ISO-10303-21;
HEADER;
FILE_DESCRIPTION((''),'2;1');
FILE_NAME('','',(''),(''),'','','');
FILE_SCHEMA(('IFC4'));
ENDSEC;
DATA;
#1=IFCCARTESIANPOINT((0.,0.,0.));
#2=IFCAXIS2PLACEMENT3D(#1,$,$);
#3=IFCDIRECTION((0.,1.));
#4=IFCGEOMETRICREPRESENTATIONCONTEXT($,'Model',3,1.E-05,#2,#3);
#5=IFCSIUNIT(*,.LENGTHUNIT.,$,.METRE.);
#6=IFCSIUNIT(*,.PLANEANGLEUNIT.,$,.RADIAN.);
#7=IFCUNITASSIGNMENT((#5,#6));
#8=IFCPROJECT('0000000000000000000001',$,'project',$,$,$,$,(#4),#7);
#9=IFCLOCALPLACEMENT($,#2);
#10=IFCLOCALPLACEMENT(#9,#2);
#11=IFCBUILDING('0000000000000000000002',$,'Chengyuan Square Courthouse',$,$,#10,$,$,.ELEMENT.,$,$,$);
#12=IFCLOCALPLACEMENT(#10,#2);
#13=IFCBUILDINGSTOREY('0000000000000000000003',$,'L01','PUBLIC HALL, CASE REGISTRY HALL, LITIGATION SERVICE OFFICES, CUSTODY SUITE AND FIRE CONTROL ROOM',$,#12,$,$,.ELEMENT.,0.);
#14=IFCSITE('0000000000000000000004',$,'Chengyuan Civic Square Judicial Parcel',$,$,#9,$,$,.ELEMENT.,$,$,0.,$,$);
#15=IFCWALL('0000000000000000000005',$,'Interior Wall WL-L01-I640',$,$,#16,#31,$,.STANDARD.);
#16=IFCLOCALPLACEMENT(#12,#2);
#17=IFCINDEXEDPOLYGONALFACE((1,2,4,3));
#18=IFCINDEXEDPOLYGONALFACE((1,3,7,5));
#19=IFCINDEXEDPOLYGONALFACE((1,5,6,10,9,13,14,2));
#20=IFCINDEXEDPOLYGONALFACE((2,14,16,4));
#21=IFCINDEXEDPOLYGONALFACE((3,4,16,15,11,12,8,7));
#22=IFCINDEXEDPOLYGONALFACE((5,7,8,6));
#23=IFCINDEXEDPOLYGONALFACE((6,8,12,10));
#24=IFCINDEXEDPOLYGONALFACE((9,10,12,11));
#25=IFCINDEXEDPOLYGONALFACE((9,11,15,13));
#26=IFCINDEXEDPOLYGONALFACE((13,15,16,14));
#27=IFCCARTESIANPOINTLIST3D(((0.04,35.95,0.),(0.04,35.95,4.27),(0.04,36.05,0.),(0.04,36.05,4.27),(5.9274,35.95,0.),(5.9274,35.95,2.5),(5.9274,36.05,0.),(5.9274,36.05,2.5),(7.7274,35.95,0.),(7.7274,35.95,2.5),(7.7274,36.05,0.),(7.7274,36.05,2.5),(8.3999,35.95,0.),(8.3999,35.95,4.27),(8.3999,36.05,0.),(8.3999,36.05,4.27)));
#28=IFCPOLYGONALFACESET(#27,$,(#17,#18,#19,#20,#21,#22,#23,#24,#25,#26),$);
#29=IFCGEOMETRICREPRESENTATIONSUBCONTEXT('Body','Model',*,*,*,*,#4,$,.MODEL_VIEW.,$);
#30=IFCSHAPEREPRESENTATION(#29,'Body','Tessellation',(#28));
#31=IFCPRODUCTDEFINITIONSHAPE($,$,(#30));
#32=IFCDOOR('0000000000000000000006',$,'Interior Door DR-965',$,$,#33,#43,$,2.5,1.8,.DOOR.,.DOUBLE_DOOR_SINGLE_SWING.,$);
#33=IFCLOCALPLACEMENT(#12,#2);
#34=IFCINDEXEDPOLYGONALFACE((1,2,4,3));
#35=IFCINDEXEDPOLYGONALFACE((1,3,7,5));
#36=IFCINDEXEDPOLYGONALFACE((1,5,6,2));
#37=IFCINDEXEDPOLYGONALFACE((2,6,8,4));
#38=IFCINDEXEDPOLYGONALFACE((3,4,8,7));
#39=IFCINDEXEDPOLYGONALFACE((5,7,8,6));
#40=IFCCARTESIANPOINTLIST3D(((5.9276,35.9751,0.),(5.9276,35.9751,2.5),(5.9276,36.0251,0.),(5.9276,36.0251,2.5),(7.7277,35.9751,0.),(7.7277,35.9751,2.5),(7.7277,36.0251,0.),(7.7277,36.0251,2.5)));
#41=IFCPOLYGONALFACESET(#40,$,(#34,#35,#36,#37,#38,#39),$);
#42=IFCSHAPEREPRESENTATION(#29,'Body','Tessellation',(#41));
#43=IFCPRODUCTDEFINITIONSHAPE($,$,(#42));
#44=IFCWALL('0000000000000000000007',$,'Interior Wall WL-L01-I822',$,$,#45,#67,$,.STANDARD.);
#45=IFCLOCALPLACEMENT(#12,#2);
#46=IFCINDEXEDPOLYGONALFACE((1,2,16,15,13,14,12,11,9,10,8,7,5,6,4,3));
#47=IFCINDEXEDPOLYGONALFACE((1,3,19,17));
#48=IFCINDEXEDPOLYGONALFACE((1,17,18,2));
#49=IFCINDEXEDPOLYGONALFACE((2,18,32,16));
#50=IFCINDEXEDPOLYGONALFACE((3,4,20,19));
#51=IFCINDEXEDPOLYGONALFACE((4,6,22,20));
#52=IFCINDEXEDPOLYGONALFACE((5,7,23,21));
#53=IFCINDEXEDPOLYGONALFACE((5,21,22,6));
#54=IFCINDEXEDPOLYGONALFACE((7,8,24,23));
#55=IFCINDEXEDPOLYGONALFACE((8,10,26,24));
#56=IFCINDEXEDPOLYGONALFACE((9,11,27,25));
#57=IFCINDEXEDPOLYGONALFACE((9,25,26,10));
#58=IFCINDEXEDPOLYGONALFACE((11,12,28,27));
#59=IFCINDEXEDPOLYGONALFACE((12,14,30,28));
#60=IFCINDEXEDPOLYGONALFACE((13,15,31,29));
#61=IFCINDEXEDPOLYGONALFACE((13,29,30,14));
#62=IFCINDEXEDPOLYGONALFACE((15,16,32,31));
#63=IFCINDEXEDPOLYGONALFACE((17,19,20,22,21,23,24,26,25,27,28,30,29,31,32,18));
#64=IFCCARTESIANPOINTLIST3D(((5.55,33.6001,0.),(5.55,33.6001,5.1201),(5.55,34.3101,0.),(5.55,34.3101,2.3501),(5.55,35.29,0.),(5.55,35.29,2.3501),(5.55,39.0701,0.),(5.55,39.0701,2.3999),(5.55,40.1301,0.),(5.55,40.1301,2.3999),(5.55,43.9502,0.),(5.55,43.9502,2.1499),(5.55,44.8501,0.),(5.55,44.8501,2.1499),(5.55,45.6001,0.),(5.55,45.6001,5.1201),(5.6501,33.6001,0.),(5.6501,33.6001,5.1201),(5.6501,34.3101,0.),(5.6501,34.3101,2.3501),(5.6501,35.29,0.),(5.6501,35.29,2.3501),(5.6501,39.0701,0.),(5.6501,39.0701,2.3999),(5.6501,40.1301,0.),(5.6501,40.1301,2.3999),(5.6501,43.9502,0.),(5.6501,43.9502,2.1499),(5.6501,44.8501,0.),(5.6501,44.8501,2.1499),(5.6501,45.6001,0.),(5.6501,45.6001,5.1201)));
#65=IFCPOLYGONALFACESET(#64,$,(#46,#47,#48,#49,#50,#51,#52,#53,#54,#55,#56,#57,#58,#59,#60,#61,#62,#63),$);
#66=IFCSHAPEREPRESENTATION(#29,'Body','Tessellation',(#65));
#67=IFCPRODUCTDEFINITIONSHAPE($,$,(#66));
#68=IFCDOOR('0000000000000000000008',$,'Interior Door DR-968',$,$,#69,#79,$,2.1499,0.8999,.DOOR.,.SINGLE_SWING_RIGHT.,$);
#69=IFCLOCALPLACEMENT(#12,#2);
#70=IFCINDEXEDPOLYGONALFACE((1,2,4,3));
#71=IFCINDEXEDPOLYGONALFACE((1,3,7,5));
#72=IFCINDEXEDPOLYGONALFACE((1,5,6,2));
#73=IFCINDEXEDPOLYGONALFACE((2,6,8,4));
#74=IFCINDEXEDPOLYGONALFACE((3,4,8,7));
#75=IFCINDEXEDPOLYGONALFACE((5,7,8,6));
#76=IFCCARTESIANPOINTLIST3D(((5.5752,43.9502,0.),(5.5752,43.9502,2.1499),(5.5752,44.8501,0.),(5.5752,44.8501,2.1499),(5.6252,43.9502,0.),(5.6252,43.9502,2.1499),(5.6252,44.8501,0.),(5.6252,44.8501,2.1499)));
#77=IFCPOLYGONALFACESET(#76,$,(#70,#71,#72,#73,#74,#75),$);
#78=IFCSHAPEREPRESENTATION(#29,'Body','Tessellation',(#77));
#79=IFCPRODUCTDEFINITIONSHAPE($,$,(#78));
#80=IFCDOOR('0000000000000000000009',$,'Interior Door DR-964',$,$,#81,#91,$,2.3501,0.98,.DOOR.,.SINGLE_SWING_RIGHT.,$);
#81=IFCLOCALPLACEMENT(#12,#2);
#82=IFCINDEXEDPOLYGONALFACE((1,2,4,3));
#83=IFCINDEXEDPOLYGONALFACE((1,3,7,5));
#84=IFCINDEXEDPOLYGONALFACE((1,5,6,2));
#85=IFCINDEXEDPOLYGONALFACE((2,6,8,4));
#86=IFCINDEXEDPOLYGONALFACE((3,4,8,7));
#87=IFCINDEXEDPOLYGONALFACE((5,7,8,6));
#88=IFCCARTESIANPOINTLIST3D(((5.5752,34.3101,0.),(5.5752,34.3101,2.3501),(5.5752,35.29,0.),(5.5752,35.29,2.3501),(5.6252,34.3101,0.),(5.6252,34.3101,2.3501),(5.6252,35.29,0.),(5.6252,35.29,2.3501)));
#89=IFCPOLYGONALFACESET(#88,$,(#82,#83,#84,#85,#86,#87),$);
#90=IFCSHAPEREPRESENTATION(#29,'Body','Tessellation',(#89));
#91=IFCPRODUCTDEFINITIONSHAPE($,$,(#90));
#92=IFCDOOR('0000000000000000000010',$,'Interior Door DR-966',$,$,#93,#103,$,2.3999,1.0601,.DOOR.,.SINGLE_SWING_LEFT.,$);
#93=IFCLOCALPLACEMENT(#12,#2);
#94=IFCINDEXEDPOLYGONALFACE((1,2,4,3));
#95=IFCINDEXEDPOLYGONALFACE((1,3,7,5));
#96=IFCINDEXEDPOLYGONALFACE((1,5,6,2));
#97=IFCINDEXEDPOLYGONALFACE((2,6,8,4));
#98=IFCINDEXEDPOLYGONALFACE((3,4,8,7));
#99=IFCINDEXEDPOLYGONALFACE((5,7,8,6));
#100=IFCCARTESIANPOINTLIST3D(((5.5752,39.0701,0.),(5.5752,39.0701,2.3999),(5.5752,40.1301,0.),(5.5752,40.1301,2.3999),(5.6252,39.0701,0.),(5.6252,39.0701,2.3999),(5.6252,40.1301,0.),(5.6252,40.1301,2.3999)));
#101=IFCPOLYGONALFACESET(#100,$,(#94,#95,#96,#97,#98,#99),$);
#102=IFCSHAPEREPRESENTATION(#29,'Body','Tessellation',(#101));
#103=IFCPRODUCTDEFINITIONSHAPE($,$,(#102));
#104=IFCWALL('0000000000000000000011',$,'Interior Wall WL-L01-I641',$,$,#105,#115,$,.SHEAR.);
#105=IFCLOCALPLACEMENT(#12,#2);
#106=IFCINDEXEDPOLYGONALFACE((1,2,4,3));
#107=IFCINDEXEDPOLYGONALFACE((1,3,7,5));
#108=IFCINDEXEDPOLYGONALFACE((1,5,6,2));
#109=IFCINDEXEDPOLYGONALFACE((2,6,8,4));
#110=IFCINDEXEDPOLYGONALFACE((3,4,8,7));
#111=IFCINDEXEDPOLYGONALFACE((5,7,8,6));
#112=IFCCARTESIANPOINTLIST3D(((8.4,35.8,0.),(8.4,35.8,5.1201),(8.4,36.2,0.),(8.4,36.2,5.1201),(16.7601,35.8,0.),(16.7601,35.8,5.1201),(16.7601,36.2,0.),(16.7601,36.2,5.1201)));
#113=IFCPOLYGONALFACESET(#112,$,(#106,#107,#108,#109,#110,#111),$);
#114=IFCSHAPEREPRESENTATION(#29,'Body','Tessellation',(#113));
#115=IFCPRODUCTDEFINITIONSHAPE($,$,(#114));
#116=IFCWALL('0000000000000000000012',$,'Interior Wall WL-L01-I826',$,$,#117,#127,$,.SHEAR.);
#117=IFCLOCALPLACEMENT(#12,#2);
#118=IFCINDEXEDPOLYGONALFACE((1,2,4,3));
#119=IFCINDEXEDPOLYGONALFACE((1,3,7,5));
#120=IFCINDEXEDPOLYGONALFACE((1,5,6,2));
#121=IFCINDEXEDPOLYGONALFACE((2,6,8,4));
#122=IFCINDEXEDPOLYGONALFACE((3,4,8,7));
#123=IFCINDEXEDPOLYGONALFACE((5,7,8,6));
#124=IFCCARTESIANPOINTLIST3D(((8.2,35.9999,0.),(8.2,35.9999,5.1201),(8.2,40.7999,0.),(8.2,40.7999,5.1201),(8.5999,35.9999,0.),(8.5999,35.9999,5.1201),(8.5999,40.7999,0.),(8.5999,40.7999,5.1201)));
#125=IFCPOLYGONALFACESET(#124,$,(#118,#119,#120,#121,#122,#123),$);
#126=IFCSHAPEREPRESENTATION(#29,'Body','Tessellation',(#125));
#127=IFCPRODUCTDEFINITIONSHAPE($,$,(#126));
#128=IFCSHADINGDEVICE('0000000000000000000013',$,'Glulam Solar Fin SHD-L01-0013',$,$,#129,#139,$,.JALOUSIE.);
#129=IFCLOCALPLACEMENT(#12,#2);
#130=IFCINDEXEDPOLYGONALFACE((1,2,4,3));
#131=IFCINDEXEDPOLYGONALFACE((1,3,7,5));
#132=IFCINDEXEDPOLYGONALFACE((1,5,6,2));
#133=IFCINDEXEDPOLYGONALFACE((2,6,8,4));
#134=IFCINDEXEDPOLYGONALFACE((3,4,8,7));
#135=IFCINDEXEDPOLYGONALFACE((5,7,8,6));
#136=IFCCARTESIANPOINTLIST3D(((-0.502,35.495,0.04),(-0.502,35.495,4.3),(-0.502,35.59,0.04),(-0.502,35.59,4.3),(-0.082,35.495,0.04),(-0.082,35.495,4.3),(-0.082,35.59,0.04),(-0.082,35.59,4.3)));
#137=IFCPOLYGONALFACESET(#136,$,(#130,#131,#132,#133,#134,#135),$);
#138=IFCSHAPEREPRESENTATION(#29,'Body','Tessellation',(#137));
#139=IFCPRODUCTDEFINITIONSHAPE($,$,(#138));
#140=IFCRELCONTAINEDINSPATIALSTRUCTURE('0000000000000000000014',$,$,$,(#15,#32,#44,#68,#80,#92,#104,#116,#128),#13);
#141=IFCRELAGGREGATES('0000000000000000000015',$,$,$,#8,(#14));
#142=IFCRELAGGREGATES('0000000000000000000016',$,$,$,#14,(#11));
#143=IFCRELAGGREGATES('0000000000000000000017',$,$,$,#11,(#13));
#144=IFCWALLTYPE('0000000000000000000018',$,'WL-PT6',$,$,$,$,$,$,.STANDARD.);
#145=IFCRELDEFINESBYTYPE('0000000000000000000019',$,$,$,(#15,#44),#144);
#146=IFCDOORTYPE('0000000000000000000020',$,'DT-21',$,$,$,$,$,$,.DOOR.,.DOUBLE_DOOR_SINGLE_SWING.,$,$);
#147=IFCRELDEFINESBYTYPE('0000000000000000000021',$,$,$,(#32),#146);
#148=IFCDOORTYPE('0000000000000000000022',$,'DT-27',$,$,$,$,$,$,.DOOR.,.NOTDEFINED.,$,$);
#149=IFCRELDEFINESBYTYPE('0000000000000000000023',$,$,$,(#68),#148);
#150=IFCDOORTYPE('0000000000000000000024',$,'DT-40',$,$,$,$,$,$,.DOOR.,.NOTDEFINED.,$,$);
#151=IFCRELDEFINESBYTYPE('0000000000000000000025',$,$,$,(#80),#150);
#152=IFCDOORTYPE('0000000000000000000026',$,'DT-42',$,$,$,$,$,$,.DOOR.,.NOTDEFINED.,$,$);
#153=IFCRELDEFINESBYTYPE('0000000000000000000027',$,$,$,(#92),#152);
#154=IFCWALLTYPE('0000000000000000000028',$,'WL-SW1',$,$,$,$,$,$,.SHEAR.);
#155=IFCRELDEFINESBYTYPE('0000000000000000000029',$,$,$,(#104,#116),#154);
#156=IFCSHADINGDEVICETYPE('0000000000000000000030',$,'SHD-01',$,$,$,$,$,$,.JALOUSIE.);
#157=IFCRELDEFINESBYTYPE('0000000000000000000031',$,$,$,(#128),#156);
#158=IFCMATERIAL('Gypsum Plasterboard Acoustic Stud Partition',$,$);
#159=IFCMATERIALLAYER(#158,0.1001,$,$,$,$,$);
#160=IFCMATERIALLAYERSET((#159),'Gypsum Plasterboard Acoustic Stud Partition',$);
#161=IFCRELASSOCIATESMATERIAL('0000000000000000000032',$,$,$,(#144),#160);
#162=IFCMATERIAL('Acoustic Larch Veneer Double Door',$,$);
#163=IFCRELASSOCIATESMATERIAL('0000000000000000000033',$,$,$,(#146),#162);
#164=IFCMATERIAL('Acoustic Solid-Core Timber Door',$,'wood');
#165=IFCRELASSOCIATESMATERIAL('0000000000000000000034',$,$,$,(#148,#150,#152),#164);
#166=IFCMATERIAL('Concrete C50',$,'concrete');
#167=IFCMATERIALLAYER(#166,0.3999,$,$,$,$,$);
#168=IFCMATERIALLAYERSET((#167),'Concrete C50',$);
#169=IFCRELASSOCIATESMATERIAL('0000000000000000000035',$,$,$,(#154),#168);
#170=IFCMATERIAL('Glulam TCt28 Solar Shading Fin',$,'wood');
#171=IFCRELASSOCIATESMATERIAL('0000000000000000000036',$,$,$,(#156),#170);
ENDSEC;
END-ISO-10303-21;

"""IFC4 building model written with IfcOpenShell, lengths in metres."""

from ifc_helpers import new_model, si_unit, direction, frame, frame_2d, origin, origin_2d, place, context, subcontext, project, spatial, rectangle, extrude, material, layer, layer_set, type_object, element, fill, save


model = new_model("IFC4")

# Units and contexts
model_context = context("Model", 3, precision=1e-05, world=origin(), true_north=direction((0.0, 1.0)))
body_context = subcontext(model_context, "Body", "Model", "MODEL_VIEW")
ifc_project = project(units=[si_unit("LENGTHUNIT", "METRE"), si_unit("PLANEANGLEUNIT", "RADIAN")], contexts=[model_context])

# Site, building, storey
site_placement = place(None, origin())
site = spatial("IfcSite", under=ifc_project, at=site_placement, Name="Chengyuan Civic Square Judicial Parcel", CompositionType="ELEMENT", RefElevation=0.0)
building_placement = place(site_placement, origin())
building = spatial("IfcBuilding", under=site, at=building_placement, Name="Chengyuan Square Courthouse", CompositionType="ELEMENT")
storey_placement = place(building_placement, origin())
storey = spatial("IfcBuildingStorey", under=building, at=storey_placement, Name="L01", Description="PUBLIC HALL, CASE REGISTRY HALL, LITIGATION SERVICE OFFICES, CUSTODY SUITE AND FIRE CONTROL ROOM", CompositionType="ELEMENT", Elevation=0.0)

# Shared definitions
ifc_material_1 = material(Name="Concrete C50", Category="concrete")

# Wall, opening, door
ifc_material_2 = material(Name="Gypsum Plasterboard Acoustic Stud Partition")
ifc_layer_1 = layer(ifc_material_2, 0.1001)
ifc_layer_set_1 = layer_set([ifc_layer_1], Name="Gypsum Plasterboard Acoustic Stud Partition")
wall_type_1 = type_object("IfcWallType", Name="WL-PT6", PredefinedType="STANDARD", material=ifc_layer_set_1)
ifc_material_3 = material(Name="Acoustic Solid-Core Timber Door", Category="wood")
wall_1_placement = place(storey_placement, frame((0.04, 36.0, 0.0), z_axis=(0.0, 0.0, 1.0), x_axis=(1.0, 0.0, 0.0)))
wall_1 = element("IfcWall", 1, at=wall_1_placement, inside=storey, type_object=wall_type_1, Name="Interior Wall WL-L01-I640", PredefinedType="STANDARD", context=body_context, shape_type="SweptSolid", body=[
    extrude(rectangle(XDim=8.3599, YDim=0.1001, at=frame_2d((4.1799, 0.0))), origin(), (0.0, 0.0, 1.0), 4.27),
])
opening_1_placement = place(wall_1_placement, frame((5.8875, 0.0, 0.0)))
opening_1 = element("IfcOpeningElement", 2, at=opening_1_placement, cuts=wall_1, PredefinedType="OPENING", context=body_context, shape_type="SweptSolid", body=[
    extrude(rectangle(XDim=1.8, YDim=2.5, at=frame_2d((0.8999, 1.25))), frame((0.0, 0.062, 0.0), z_axis=(0.0, -1.0, 0.0), x_axis=(1.0, 0.0, 0.0)), (0.0, 0.0, 1.0), 0.124),
])
ifc_material_4 = material(Name="Acoustic Larch Veneer Double Door")
door_type_1 = type_object("IfcDoorType", Name="DT-21", OperationType="DOUBLE_DOOR_SINGLE_SWING", PredefinedType="DOOR", material=ifc_material_4)
door_1_placement = place(opening_1_placement, frame((1.8, 0.0, 0.0), z_axis=(0.0, 0.0, 1.0), x_axis=(-1.0, 0.0, 0.0)))
door_1 = element("IfcDoor", 3, at=door_1_placement, inside=storey, type_object=door_type_1, Name="Interior Door DR-965", OperationType="DOUBLE_DOOR_SINGLE_SWING", OverallHeight=2.5, OverallWidth=1.8, PredefinedType="DOOR", context=body_context, shape_type="SweptSolid", body=[
    extrude(rectangle(XDim=1.8, YDim=2.5, at=frame_2d((0.8999, 1.25))), frame((0.0, 0.0249, 0.0), z_axis=(0.0, -1.0, 0.0), x_axis=(1.0, 0.0, 0.0)), (0.0, 0.0, 1.0), 0.05),
])
fill(opening_1, door_1)

# Wall, openings, doors
wall_2_placement = place(storey_placement, frame((5.6001, 33.6001, 0.0), z_axis=(0.0, 0.0, 1.0), x_axis=(0.0, 1.0, 0.0)))
wall_2 = element("IfcWall", 4, at=wall_2_placement, inside=storey, type_object=wall_type_1, Name="Interior Wall WL-L01-I822", PredefinedType="STANDARD", context=body_context, shape_type="SweptSolid", body=[
    extrude(rectangle(XDim=12.0, YDim=0.1001, at=frame_2d((6.0, 0.0))), origin(), (0.0, 0.0, 1.0), 5.1201),
])
opening_2_placement = place(wall_2_placement, frame((0.71, 0.0, 0.0)))
opening_2 = element("IfcOpeningElement", 5, at=opening_2_placement, cuts=wall_2, PredefinedType="OPENING", context=body_context, shape_type="SweptSolid", body=[
    extrude(rectangle(XDim=0.98, YDim=2.3501, at=frame_2d((0.49, 1.175))), frame((0.0, 0.062, 0.0), z_axis=(0.0, -1.0, 0.0), x_axis=(1.0, 0.0, 0.0)), (0.0, 0.0, 1.0), 0.124),
])
opening_3_placement = place(wall_2_placement, frame((5.47, 0.0, 0.0)))
opening_3 = element("IfcOpeningElement", 6, at=opening_3_placement, cuts=wall_2, PredefinedType="OPENING", context=body_context, shape_type="SweptSolid", body=[
    extrude(rectangle(XDim=1.0601, YDim=2.3999, at=frame_2d((0.53, 1.2))), frame((0.0, 0.062, 0.0), z_axis=(0.0, -1.0, 0.0), x_axis=(1.0, 0.0, 0.0)), (0.0, 0.0, 1.0), 0.124),
])
opening_4_placement = place(wall_2_placement, frame((10.3501, 0.0, 0.0)))
opening_4 = element("IfcOpeningElement", 7, at=opening_4_placement, cuts=wall_2, PredefinedType="OPENING", context=body_context, shape_type="SweptSolid", body=[
    extrude(rectangle(XDim=0.8999, YDim=2.1499, at=frame_2d((0.45, 1.075))), frame((0.0, 0.062, 0.0), z_axis=(0.0, -1.0, 0.0), x_axis=(1.0, 0.0, 0.0)), (0.0, 0.0, 1.0), 0.124),
])
door_type_2 = type_object("IfcDoorType", Name="DT-27", OperationType="NOTDEFINED", PredefinedType="DOOR", material=ifc_material_3)
door_2_placement = place(opening_4_placement, origin())
door_2 = element("IfcDoor", 8, at=door_2_placement, inside=storey, type_object=door_type_2, Name="Interior Door DR-968", OperationType="SINGLE_SWING_RIGHT", OverallHeight=2.1499, OverallWidth=0.8999, PredefinedType="DOOR", context=body_context, shape_type="SweptSolid", body=[
    extrude(rectangle(XDim=0.8999, YDim=2.1499, at=frame_2d((0.45, 1.075))), frame((0.0, 0.0249, 0.0), z_axis=(0.0, -1.0, 0.0), x_axis=(1.0, 0.0, 0.0)), (0.0, 0.0, 1.0), 0.05),
])
fill(opening_4, door_2)
door_type_3 = type_object("IfcDoorType", Name="DT-40", OperationType="NOTDEFINED", PredefinedType="DOOR", material=ifc_material_3)
door_3_placement = place(opening_2_placement, origin())
door_3 = element("IfcDoor", 9, at=door_3_placement, inside=storey, type_object=door_type_3, Name="Interior Door DR-964", OperationType="SINGLE_SWING_RIGHT", OverallHeight=2.3501, OverallWidth=0.98, PredefinedType="DOOR", context=body_context, shape_type="SweptSolid", body=[
    extrude(rectangle(XDim=0.98, YDim=2.3501, at=frame_2d((0.49, 1.175))), frame((0.0, 0.0249, 0.0), z_axis=(0.0, -1.0, 0.0), x_axis=(1.0, 0.0, 0.0)), (0.0, 0.0, 1.0), 0.05),
])
fill(opening_2, door_3)
door_type_4 = type_object("IfcDoorType", Name="DT-42", OperationType="NOTDEFINED", PredefinedType="DOOR", material=ifc_material_3)
door_4_placement = place(opening_3_placement, origin())
door_4 = element("IfcDoor", 10, at=door_4_placement, inside=storey, type_object=door_type_4, Name="Interior Door DR-966", OperationType="SINGLE_SWING_LEFT", OverallHeight=2.3999, OverallWidth=1.0601, PredefinedType="DOOR", context=body_context, shape_type="SweptSolid", body=[
    extrude(rectangle(XDim=1.0601, YDim=2.3999, at=frame_2d((0.53, 1.2))), frame((0.0, 0.0249, 0.0), z_axis=(0.0, -1.0, 0.0), x_axis=(1.0, 0.0, 0.0)), (0.0, 0.0, 1.0), 0.05),
])
fill(opening_3, door_4)

# Walls
ifc_layer_2 = layer(ifc_material_1, 0.3999)
ifc_layer_set_2 = layer_set([ifc_layer_2], Name="Concrete C50")
wall_type_2 = type_object("IfcWallType", Name="WL-SW1", PredefinedType="SHEAR", material=ifc_layer_set_2)
wall_3_placement = place(storey_placement, frame((8.3999, 36.0, 0.0), z_axis=(0.0, 0.0, 1.0), x_axis=(1.0, 0.0, 0.0)))
element("IfcWall", 11, at=wall_3_placement, inside=storey, type_object=wall_type_2, Name="Interior Wall WL-L01-I641", PredefinedType="SHEAR", context=body_context, shape_type="SweptSolid", body=[
    extrude(rectangle(XDim=8.3601, YDim=0.3999, at=frame_2d((4.1802, 0.0))), origin(), (0.0, 0.0, 1.0), 5.1201),
])
wall_4_placement = place(storey_placement, frame((8.3999, 36.0, 0.0), z_axis=(0.0, 0.0, 1.0), x_axis=(0.0, 1.0, 0.0)))
element("IfcWall", 12, at=wall_4_placement, inside=storey, type_object=wall_type_2, Name="Interior Wall WL-L01-I826", PredefinedType="SHEAR", context=body_context, shape_type="SweptSolid", body=[
    extrude(rectangle(XDim=4.8, YDim=0.3999, at=frame_2d((2.3999, 0.0))), origin(), (0.0, 0.0, 1.0), 5.1201),
])

# Shading device
ifc_material_5 = material(Name="Glulam TCt28 Solar Shading Fin", Category="wood")
shading_device_type = type_object("IfcShadingDeviceType", Name="SHD-01", PredefinedType="JALOUSIE", material=ifc_material_5)
shading_device_placement = place(storey_placement, frame((-0.292, 35.5425, 0.04), z_axis=(0.0, 0.0, 1.0), x_axis=(1.0, 0.0, 0.0)))
element("IfcShadingDevice", 13, at=shading_device_placement, inside=storey, type_object=shading_device_type, Name="Glulam Solar Fin SHD-L01-0013", PredefinedType="JALOUSIE", context=body_context, shape_type="SweptSolid", body=[
    extrude(rectangle(XDim=0.4199, YDim=0.095, at=origin_2d()), origin(), (0.0, 0.0, 1.0), 4.26),
])

save(model, "model.ifc")
